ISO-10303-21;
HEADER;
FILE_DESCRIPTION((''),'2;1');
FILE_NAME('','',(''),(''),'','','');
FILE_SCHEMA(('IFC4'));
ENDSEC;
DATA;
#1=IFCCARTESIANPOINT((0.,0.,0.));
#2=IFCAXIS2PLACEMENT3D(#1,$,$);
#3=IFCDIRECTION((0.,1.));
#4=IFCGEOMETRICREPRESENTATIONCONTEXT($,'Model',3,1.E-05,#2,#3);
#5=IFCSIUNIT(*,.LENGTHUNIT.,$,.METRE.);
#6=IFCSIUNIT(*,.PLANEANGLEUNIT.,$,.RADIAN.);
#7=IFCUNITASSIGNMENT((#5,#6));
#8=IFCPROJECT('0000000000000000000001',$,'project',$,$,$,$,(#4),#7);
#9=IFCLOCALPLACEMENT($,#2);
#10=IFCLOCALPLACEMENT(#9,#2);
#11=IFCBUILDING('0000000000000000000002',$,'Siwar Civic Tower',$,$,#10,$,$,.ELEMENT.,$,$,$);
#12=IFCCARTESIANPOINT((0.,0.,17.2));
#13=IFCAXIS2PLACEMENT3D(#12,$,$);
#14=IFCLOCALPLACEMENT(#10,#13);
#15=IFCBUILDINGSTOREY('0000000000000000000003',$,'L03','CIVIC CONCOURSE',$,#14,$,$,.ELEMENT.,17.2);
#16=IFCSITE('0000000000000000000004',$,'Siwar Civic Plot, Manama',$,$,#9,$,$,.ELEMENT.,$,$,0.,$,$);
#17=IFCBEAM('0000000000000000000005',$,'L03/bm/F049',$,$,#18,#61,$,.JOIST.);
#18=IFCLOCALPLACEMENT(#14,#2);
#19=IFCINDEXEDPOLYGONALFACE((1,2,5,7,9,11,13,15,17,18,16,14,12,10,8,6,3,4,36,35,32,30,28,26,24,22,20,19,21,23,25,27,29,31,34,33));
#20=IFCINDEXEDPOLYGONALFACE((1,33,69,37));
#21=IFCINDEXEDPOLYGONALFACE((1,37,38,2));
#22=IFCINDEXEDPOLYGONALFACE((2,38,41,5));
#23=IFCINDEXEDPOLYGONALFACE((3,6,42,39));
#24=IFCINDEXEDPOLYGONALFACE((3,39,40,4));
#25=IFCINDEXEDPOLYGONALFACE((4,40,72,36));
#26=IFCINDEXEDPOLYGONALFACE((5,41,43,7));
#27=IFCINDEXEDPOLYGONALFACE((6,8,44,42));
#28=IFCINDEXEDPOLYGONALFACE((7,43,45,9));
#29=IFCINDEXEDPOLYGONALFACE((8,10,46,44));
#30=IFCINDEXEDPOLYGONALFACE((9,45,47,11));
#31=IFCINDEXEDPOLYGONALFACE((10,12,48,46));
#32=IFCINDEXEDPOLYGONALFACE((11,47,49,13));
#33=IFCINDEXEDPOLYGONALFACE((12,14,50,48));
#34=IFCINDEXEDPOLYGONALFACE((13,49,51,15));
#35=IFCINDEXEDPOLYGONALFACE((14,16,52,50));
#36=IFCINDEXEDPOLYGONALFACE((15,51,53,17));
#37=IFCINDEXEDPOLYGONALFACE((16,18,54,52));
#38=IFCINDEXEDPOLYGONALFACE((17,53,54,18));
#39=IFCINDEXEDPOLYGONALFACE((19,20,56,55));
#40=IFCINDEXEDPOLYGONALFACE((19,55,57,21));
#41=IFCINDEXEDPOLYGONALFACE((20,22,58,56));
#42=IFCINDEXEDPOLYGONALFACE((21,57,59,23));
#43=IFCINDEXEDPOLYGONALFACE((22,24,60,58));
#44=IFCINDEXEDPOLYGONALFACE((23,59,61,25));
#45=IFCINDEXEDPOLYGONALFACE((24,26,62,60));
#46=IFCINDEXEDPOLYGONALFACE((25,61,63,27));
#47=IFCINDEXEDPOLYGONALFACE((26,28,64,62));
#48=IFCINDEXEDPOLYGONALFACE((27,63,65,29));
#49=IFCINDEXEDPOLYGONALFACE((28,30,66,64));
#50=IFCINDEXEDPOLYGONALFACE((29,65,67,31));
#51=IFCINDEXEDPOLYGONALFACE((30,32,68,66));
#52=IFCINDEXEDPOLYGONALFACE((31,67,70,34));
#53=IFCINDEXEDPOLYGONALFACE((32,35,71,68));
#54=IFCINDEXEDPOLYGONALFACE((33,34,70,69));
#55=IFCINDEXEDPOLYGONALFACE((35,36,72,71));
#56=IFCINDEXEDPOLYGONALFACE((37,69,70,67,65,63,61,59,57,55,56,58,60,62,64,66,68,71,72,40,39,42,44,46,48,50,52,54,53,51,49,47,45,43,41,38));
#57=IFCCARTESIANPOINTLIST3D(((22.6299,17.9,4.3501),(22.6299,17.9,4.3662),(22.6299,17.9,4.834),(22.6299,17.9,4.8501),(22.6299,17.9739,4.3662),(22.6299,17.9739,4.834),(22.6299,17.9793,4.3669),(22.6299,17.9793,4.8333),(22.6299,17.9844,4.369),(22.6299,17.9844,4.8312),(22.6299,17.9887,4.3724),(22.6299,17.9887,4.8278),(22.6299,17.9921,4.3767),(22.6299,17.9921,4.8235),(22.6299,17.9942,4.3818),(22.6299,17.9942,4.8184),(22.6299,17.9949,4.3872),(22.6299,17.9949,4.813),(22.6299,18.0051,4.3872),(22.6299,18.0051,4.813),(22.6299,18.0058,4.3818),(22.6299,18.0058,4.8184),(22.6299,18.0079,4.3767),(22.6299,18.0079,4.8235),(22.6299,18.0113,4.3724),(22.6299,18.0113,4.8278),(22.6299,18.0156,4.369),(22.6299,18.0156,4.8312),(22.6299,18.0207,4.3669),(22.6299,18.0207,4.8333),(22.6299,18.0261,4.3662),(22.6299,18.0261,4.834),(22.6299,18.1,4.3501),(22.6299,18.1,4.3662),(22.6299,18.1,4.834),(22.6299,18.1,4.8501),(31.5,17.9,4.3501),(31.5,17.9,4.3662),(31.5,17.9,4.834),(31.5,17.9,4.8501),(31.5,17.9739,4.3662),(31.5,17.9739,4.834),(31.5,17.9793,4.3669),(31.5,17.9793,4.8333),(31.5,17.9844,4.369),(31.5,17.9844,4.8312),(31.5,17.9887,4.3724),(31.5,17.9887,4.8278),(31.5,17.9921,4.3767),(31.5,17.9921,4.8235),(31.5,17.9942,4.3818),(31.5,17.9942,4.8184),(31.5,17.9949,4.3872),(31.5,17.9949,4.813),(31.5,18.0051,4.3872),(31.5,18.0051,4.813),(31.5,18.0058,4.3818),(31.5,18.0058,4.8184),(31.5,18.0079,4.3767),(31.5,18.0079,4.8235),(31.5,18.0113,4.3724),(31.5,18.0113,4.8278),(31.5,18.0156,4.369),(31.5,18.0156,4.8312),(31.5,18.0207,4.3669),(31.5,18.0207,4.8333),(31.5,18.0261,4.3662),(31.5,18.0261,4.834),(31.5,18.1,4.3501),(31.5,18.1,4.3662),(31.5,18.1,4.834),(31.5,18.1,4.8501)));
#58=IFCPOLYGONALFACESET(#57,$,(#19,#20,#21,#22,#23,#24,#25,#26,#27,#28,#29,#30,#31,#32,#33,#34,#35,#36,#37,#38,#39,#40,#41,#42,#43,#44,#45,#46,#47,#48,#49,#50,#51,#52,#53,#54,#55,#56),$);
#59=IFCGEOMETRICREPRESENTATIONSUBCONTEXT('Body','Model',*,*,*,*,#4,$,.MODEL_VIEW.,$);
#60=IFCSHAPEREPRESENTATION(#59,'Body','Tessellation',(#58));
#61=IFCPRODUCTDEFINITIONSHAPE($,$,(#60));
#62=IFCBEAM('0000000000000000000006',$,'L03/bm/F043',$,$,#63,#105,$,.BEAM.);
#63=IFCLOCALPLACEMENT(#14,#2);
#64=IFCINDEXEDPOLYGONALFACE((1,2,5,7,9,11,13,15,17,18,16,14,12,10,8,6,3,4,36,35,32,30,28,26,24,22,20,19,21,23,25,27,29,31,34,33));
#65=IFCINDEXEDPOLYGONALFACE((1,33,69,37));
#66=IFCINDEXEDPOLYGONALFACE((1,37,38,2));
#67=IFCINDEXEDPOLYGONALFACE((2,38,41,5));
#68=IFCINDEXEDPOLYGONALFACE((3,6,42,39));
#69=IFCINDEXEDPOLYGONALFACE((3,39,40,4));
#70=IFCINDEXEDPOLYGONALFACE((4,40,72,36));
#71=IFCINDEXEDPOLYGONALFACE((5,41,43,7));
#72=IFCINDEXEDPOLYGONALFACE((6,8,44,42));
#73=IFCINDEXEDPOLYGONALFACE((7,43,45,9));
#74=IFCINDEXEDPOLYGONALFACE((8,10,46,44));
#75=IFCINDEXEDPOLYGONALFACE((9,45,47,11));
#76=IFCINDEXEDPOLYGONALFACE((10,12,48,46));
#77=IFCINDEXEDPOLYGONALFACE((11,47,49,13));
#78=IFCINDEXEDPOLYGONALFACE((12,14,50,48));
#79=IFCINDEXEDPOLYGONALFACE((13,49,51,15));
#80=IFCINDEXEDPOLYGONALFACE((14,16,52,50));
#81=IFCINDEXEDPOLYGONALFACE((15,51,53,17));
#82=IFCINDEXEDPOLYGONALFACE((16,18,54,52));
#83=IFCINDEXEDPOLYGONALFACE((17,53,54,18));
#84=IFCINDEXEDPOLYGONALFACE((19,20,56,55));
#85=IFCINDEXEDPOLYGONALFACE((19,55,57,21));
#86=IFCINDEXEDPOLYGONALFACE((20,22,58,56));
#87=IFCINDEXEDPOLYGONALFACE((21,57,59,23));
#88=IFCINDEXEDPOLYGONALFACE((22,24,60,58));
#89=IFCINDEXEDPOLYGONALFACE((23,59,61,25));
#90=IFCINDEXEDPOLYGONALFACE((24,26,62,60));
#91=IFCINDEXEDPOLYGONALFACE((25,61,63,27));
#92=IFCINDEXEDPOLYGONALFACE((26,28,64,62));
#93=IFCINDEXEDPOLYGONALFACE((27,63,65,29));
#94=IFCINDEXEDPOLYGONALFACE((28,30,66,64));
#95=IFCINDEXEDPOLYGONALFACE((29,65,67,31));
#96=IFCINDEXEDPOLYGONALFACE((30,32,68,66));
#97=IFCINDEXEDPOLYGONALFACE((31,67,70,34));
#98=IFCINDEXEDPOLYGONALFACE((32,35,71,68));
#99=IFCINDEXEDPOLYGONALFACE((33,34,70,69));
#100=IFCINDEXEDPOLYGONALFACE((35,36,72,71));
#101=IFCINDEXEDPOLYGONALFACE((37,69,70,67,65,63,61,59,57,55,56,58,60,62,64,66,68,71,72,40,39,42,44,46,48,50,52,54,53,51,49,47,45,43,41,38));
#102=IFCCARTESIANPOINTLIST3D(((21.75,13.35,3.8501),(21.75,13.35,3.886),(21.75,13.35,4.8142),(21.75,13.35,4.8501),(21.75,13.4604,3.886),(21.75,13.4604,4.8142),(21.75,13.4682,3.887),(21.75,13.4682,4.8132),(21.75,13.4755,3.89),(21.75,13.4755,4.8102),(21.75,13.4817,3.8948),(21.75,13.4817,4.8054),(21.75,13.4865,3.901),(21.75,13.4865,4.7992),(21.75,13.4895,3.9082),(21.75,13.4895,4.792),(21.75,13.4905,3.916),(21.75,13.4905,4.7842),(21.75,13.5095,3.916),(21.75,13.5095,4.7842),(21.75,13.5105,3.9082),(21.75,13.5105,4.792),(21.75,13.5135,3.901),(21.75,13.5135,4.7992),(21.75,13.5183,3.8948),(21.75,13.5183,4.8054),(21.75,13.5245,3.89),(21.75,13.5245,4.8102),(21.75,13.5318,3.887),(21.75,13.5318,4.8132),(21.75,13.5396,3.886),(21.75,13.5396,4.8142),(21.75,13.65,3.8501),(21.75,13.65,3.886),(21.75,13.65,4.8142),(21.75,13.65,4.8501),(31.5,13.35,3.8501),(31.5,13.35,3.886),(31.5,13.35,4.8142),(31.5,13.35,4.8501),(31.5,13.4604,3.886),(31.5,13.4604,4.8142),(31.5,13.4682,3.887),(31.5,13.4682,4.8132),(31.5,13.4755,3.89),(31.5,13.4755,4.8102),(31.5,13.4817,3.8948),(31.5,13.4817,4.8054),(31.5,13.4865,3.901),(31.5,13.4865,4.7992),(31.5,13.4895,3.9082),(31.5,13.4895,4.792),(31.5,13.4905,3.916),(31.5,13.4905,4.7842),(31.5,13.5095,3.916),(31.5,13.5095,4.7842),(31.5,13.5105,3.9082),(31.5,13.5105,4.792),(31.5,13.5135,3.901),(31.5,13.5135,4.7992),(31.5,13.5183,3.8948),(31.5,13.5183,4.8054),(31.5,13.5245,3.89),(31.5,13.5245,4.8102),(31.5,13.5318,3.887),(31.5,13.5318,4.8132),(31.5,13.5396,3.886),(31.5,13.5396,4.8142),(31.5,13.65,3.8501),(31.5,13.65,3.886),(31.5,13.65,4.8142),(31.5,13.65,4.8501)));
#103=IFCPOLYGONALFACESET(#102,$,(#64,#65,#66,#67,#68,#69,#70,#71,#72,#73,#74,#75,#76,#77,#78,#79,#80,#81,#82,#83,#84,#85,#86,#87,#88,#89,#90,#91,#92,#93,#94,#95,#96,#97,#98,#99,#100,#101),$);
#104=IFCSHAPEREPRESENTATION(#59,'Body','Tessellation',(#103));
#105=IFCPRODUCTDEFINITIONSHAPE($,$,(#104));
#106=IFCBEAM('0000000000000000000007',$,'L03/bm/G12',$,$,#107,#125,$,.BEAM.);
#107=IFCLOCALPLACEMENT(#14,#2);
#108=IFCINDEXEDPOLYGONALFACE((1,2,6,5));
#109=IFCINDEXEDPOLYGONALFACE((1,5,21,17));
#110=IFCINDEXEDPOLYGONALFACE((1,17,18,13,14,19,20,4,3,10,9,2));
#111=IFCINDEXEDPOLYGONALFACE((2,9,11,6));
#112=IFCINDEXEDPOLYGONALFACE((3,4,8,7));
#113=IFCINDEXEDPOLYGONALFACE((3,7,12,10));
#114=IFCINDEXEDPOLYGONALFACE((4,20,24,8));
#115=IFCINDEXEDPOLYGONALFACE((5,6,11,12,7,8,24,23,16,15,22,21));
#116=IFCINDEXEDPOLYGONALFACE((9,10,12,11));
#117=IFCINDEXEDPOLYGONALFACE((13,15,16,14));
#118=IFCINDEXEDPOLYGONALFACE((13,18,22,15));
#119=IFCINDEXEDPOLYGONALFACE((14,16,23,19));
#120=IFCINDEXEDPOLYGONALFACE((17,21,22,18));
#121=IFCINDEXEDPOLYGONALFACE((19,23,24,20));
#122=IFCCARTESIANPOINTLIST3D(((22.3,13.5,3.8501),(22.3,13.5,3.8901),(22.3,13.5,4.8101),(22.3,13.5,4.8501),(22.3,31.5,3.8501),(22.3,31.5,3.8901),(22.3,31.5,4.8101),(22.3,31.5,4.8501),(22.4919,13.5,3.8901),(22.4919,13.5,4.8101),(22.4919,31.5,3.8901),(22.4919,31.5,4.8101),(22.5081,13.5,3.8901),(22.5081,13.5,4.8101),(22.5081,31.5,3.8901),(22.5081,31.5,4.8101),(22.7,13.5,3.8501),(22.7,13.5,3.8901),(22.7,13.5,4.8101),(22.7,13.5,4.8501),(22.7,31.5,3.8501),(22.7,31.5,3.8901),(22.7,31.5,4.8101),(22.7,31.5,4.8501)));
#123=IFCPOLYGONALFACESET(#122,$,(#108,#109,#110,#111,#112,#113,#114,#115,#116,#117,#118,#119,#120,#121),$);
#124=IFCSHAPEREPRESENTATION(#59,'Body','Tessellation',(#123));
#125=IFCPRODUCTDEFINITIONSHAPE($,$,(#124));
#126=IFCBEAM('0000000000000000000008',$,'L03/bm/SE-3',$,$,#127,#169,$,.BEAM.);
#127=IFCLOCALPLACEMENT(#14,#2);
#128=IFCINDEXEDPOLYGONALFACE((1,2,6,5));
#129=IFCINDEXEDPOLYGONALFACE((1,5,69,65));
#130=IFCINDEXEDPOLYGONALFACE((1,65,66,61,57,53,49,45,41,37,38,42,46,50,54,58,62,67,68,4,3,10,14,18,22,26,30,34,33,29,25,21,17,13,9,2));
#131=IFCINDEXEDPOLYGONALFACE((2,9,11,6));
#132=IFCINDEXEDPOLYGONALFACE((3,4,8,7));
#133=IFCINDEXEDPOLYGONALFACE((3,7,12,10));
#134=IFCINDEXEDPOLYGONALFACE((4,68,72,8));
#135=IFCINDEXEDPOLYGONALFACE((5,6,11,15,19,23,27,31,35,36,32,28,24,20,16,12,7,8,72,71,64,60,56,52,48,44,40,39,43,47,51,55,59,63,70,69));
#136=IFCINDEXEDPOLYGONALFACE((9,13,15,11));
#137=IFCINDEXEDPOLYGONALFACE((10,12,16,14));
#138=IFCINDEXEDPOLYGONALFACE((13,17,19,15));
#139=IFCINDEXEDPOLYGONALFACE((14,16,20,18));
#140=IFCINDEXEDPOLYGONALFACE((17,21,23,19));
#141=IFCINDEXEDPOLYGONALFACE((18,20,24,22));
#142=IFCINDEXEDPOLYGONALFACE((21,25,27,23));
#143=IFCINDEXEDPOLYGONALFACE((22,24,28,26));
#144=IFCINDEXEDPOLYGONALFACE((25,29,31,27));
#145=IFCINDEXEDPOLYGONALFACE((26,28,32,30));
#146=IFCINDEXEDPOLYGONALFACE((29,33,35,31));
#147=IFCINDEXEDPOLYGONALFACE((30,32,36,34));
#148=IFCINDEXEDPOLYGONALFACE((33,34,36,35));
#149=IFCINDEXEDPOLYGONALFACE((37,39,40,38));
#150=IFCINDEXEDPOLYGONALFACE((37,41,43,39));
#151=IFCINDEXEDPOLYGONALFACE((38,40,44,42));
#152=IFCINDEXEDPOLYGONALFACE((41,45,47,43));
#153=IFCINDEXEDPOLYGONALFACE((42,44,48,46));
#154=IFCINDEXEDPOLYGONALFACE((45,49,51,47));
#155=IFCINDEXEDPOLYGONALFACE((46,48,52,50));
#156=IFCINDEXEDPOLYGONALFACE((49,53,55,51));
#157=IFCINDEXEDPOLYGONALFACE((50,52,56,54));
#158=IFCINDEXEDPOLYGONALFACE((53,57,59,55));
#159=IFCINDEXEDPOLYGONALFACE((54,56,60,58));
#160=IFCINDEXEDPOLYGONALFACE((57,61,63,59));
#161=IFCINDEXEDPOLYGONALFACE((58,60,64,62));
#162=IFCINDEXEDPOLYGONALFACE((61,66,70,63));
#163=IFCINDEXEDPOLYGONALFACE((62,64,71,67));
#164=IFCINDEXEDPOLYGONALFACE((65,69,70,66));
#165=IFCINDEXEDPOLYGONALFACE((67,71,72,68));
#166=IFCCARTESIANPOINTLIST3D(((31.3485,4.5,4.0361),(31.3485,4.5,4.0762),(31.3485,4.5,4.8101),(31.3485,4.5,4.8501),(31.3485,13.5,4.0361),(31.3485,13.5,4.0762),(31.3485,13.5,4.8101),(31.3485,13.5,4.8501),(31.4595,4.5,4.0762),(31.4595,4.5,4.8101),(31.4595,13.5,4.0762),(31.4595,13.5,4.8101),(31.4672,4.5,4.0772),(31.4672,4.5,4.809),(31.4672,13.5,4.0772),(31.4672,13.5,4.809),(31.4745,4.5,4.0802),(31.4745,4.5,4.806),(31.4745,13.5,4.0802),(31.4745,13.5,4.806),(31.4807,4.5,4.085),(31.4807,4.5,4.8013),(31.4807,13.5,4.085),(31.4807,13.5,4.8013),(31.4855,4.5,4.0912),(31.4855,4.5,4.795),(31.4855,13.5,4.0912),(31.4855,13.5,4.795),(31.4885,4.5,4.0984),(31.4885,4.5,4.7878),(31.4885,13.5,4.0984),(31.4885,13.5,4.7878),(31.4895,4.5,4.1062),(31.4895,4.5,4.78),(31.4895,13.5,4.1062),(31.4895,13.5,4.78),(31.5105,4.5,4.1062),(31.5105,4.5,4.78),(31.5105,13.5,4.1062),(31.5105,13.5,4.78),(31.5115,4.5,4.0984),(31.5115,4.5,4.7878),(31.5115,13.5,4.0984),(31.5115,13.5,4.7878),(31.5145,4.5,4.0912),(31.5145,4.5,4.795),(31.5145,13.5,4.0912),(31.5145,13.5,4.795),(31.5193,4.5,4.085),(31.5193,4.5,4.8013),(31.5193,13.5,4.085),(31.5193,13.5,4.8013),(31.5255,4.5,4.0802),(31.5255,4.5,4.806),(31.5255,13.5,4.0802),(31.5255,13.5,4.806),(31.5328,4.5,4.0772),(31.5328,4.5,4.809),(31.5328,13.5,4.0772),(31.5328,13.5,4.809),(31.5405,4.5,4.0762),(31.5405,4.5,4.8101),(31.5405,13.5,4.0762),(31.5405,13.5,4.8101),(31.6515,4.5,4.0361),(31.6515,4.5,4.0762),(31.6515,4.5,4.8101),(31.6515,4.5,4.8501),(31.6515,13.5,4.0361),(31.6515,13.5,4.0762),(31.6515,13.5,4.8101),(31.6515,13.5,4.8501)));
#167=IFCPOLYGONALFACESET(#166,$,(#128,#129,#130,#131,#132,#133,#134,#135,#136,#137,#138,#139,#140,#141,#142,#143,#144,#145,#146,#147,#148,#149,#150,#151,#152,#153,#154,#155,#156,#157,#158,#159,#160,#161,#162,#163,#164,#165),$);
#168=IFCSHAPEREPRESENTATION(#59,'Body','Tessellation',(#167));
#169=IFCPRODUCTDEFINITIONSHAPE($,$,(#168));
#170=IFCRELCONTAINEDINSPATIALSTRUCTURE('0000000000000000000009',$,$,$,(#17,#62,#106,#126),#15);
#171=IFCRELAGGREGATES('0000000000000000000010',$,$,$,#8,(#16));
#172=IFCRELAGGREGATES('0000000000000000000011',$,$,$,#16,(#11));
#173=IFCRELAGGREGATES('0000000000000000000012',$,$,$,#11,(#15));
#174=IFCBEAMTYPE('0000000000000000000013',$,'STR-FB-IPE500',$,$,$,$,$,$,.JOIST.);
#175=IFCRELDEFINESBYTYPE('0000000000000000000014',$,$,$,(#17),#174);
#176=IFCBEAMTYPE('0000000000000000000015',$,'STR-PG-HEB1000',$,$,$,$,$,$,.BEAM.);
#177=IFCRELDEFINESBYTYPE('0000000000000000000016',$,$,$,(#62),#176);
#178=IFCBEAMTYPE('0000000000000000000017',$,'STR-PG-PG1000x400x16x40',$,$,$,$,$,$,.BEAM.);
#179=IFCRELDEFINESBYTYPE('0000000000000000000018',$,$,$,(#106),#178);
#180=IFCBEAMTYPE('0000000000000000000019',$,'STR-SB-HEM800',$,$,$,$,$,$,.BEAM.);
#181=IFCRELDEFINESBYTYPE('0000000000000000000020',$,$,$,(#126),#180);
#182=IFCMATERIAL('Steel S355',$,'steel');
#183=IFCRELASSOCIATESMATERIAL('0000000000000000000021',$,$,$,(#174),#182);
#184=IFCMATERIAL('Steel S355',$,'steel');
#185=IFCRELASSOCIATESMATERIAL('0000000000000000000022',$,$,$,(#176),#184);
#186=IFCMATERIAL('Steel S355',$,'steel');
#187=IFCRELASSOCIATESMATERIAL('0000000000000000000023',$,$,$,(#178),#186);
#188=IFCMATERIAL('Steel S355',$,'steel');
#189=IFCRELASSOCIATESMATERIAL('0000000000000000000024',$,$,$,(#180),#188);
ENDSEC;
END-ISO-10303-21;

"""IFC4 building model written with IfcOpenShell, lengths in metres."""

from ifc_helpers import new_model, si_unit, direction, frame, origin, origin_2d, place, context, subcontext, project, spatial, i_section, extrude, material, material_profile, profile_set, type_object, element, save


model = new_model("IFC4")

# Units and contexts
model_context = context("Model", 3, precision=1e-05, world=origin(), true_north=direction((0.0, 1.0)))
body_context = subcontext(model_context, "Body", "Model", "MODEL_VIEW")
ifc_project = project(units=[si_unit("LENGTHUNIT", "METRE"), si_unit("PLANEANGLEUNIT", "RADIAN")], contexts=[model_context])

# Site, building, storey
site_placement = place(None, origin())
site = spatial("IfcSite", under=ifc_project, at=site_placement, Name="Siwar Civic Plot, Manama", CompositionType="ELEMENT", RefElevation=0.0)
building_placement = place(site_placement, origin())
building = spatial("IfcBuilding", under=site, at=building_placement, Name="Siwar Civic Tower", CompositionType="ELEMENT")
storey_placement = place(building_placement, frame((0.0, 0.0, 17.2)))
storey = spatial("IfcBuildingStorey", under=building, at=storey_placement, Name="L03", Description="CIVIC CONCOURSE", CompositionType="ELEMENT", Elevation=17.2)

# Beams
ifc_material_1 = material(Name="Steel S355", Category="steel")
ifc_material_profile_1 = material_profile(ifc_material_1, i_section(OverallWidth=0.2, OverallDepth=0.5, WebThickness=0.0103, FlangeThickness=0.0161, FilletRadius=0.021, at=origin_2d()), Name="IPE500")
ifc_profile_set_1 = profile_set([ifc_material_profile_1], Name="Steel S355")
beam_type_1 = type_object("IfcBeamType", Name="STR-FB-IPE500", PredefinedType="JOIST", material=ifc_profile_set_1)
beam_1_placement = place(storey_placement, frame((22.6299, 18.0, 4.6001), z_axis=(1.0, 0.0, 0.0), x_axis=(0.0, 1.0, 0.0)))
element("IfcBeam", 1, at=beam_1_placement, inside=storey, type_object=beam_type_1, Name="L03/bm/F049", PredefinedType="JOIST", context=body_context, shape_type="SweptSolid", body=[
    extrude(i_section(OverallWidth=0.2, OverallDepth=0.5, WebThickness=0.0103, FlangeThickness=0.0161, FilletRadius=0.021, at=origin_2d()), origin(), (0.0, 0.0, 1.0), 8.8701),
])
ifc_material_2 = material(Name="Steel S355", Category="steel")
ifc_material_profile_2 = material_profile(ifc_material_2, i_section(OverallWidth=0.3, OverallDepth=1.0, WebThickness=0.019, FlangeThickness=0.0359, FilletRadius=0.03, at=origin_2d()), Name="HEB1000")
ifc_profile_set_2 = profile_set([ifc_material_profile_2], Name="Steel S355")
beam_type_2 = type_object("IfcBeamType", Name="STR-PG-HEB1000", PredefinedType="BEAM", material=ifc_profile_set_2)
beam_2_placement = place(storey_placement, frame((21.75, 13.5, 4.3501), z_axis=(1.0, 0.0, 0.0), x_axis=(0.0, 1.0, 0.0)))
element("IfcBeam", 2, at=beam_2_placement, inside=storey, type_object=beam_type_2, Name="L03/bm/F043", PredefinedType="BEAM", context=body_context, shape_type="SweptSolid", body=[
    extrude(i_section(OverallWidth=0.3, OverallDepth=1.0, WebThickness=0.019, FlangeThickness=0.0359, FilletRadius=0.03, at=origin_2d()), origin(), (0.0, 0.0, 1.0), 9.75),
])
ifc_material_3 = material(Name="Steel S355", Category="steel")
ifc_material_profile_3 = material_profile(ifc_material_3, i_section(OverallWidth=0.3999, OverallDepth=1.0, WebThickness=0.0161, FlangeThickness=0.04, at=origin_2d()), Name="PG1000x400x16x40")
ifc_profile_set_3 = profile_set([ifc_material_profile_3], Name="Steel S355")
beam_type_3 = type_object("IfcBeamType", Name="STR-PG-PG1000x400x16x40", PredefinedType="BEAM", material=ifc_profile_set_3)
beam_3_placement = place(storey_placement, frame((22.5, 13.5, 4.3501), z_axis=(0.0, 1.0, 0.0), x_axis=(-1.0, 0.0, 0.0)))
element("IfcBeam", 3, at=beam_3_placement, inside=storey, type_object=beam_type_3, Name="L03/bm/G12", PredefinedType="BEAM", context=body_context, shape_type="SweptSolid", body=[
    extrude(i_section(OverallWidth=0.3999, OverallDepth=1.0, WebThickness=0.0161, FlangeThickness=0.04, at=origin_2d()), origin(), (0.0, 0.0, 1.0), 18.0),
])
ifc_material_4 = material(Name="Steel S355", Category="steel")
ifc_material_profile_4 = material_profile(ifc_material_4, i_section(OverallWidth=0.303, OverallDepth=0.814, WebThickness=0.021, FlangeThickness=0.04, FilletRadius=0.03, at=origin_2d()), Name="HEM800")
ifc_profile_set_4 = profile_set([ifc_material_profile_4], Name="Steel S355")
beam_type_4 = type_object("IfcBeamType", Name="STR-SB-HEM800", PredefinedType="BEAM", material=ifc_profile_set_4)
for number, where, z_axis, x_axis, name in (
    (4, (31.5, 4.5, 4.4431), (0.0, 1.0, 0.0), (-1.0, 0.0, 0.0), "L03/bm/SE-3"),
):
    element("IfcBeam", number, at=place(storey_placement, frame(where, z_axis=z_axis, x_axis=x_axis)), inside=storey, type_object=beam_type_4, Name=name, PredefinedType="BEAM", context=body_context, shape_type="SweptSolid", body=[
        extrude(i_section(OverallWidth=0.303, OverallDepth=0.814, WebThickness=0.021, FlangeThickness=0.04, FilletRadius=0.03, at=origin_2d()), origin(), (0.0, 0.0, 1.0), 9.0),
    ])

save(model, "model.ifc")
